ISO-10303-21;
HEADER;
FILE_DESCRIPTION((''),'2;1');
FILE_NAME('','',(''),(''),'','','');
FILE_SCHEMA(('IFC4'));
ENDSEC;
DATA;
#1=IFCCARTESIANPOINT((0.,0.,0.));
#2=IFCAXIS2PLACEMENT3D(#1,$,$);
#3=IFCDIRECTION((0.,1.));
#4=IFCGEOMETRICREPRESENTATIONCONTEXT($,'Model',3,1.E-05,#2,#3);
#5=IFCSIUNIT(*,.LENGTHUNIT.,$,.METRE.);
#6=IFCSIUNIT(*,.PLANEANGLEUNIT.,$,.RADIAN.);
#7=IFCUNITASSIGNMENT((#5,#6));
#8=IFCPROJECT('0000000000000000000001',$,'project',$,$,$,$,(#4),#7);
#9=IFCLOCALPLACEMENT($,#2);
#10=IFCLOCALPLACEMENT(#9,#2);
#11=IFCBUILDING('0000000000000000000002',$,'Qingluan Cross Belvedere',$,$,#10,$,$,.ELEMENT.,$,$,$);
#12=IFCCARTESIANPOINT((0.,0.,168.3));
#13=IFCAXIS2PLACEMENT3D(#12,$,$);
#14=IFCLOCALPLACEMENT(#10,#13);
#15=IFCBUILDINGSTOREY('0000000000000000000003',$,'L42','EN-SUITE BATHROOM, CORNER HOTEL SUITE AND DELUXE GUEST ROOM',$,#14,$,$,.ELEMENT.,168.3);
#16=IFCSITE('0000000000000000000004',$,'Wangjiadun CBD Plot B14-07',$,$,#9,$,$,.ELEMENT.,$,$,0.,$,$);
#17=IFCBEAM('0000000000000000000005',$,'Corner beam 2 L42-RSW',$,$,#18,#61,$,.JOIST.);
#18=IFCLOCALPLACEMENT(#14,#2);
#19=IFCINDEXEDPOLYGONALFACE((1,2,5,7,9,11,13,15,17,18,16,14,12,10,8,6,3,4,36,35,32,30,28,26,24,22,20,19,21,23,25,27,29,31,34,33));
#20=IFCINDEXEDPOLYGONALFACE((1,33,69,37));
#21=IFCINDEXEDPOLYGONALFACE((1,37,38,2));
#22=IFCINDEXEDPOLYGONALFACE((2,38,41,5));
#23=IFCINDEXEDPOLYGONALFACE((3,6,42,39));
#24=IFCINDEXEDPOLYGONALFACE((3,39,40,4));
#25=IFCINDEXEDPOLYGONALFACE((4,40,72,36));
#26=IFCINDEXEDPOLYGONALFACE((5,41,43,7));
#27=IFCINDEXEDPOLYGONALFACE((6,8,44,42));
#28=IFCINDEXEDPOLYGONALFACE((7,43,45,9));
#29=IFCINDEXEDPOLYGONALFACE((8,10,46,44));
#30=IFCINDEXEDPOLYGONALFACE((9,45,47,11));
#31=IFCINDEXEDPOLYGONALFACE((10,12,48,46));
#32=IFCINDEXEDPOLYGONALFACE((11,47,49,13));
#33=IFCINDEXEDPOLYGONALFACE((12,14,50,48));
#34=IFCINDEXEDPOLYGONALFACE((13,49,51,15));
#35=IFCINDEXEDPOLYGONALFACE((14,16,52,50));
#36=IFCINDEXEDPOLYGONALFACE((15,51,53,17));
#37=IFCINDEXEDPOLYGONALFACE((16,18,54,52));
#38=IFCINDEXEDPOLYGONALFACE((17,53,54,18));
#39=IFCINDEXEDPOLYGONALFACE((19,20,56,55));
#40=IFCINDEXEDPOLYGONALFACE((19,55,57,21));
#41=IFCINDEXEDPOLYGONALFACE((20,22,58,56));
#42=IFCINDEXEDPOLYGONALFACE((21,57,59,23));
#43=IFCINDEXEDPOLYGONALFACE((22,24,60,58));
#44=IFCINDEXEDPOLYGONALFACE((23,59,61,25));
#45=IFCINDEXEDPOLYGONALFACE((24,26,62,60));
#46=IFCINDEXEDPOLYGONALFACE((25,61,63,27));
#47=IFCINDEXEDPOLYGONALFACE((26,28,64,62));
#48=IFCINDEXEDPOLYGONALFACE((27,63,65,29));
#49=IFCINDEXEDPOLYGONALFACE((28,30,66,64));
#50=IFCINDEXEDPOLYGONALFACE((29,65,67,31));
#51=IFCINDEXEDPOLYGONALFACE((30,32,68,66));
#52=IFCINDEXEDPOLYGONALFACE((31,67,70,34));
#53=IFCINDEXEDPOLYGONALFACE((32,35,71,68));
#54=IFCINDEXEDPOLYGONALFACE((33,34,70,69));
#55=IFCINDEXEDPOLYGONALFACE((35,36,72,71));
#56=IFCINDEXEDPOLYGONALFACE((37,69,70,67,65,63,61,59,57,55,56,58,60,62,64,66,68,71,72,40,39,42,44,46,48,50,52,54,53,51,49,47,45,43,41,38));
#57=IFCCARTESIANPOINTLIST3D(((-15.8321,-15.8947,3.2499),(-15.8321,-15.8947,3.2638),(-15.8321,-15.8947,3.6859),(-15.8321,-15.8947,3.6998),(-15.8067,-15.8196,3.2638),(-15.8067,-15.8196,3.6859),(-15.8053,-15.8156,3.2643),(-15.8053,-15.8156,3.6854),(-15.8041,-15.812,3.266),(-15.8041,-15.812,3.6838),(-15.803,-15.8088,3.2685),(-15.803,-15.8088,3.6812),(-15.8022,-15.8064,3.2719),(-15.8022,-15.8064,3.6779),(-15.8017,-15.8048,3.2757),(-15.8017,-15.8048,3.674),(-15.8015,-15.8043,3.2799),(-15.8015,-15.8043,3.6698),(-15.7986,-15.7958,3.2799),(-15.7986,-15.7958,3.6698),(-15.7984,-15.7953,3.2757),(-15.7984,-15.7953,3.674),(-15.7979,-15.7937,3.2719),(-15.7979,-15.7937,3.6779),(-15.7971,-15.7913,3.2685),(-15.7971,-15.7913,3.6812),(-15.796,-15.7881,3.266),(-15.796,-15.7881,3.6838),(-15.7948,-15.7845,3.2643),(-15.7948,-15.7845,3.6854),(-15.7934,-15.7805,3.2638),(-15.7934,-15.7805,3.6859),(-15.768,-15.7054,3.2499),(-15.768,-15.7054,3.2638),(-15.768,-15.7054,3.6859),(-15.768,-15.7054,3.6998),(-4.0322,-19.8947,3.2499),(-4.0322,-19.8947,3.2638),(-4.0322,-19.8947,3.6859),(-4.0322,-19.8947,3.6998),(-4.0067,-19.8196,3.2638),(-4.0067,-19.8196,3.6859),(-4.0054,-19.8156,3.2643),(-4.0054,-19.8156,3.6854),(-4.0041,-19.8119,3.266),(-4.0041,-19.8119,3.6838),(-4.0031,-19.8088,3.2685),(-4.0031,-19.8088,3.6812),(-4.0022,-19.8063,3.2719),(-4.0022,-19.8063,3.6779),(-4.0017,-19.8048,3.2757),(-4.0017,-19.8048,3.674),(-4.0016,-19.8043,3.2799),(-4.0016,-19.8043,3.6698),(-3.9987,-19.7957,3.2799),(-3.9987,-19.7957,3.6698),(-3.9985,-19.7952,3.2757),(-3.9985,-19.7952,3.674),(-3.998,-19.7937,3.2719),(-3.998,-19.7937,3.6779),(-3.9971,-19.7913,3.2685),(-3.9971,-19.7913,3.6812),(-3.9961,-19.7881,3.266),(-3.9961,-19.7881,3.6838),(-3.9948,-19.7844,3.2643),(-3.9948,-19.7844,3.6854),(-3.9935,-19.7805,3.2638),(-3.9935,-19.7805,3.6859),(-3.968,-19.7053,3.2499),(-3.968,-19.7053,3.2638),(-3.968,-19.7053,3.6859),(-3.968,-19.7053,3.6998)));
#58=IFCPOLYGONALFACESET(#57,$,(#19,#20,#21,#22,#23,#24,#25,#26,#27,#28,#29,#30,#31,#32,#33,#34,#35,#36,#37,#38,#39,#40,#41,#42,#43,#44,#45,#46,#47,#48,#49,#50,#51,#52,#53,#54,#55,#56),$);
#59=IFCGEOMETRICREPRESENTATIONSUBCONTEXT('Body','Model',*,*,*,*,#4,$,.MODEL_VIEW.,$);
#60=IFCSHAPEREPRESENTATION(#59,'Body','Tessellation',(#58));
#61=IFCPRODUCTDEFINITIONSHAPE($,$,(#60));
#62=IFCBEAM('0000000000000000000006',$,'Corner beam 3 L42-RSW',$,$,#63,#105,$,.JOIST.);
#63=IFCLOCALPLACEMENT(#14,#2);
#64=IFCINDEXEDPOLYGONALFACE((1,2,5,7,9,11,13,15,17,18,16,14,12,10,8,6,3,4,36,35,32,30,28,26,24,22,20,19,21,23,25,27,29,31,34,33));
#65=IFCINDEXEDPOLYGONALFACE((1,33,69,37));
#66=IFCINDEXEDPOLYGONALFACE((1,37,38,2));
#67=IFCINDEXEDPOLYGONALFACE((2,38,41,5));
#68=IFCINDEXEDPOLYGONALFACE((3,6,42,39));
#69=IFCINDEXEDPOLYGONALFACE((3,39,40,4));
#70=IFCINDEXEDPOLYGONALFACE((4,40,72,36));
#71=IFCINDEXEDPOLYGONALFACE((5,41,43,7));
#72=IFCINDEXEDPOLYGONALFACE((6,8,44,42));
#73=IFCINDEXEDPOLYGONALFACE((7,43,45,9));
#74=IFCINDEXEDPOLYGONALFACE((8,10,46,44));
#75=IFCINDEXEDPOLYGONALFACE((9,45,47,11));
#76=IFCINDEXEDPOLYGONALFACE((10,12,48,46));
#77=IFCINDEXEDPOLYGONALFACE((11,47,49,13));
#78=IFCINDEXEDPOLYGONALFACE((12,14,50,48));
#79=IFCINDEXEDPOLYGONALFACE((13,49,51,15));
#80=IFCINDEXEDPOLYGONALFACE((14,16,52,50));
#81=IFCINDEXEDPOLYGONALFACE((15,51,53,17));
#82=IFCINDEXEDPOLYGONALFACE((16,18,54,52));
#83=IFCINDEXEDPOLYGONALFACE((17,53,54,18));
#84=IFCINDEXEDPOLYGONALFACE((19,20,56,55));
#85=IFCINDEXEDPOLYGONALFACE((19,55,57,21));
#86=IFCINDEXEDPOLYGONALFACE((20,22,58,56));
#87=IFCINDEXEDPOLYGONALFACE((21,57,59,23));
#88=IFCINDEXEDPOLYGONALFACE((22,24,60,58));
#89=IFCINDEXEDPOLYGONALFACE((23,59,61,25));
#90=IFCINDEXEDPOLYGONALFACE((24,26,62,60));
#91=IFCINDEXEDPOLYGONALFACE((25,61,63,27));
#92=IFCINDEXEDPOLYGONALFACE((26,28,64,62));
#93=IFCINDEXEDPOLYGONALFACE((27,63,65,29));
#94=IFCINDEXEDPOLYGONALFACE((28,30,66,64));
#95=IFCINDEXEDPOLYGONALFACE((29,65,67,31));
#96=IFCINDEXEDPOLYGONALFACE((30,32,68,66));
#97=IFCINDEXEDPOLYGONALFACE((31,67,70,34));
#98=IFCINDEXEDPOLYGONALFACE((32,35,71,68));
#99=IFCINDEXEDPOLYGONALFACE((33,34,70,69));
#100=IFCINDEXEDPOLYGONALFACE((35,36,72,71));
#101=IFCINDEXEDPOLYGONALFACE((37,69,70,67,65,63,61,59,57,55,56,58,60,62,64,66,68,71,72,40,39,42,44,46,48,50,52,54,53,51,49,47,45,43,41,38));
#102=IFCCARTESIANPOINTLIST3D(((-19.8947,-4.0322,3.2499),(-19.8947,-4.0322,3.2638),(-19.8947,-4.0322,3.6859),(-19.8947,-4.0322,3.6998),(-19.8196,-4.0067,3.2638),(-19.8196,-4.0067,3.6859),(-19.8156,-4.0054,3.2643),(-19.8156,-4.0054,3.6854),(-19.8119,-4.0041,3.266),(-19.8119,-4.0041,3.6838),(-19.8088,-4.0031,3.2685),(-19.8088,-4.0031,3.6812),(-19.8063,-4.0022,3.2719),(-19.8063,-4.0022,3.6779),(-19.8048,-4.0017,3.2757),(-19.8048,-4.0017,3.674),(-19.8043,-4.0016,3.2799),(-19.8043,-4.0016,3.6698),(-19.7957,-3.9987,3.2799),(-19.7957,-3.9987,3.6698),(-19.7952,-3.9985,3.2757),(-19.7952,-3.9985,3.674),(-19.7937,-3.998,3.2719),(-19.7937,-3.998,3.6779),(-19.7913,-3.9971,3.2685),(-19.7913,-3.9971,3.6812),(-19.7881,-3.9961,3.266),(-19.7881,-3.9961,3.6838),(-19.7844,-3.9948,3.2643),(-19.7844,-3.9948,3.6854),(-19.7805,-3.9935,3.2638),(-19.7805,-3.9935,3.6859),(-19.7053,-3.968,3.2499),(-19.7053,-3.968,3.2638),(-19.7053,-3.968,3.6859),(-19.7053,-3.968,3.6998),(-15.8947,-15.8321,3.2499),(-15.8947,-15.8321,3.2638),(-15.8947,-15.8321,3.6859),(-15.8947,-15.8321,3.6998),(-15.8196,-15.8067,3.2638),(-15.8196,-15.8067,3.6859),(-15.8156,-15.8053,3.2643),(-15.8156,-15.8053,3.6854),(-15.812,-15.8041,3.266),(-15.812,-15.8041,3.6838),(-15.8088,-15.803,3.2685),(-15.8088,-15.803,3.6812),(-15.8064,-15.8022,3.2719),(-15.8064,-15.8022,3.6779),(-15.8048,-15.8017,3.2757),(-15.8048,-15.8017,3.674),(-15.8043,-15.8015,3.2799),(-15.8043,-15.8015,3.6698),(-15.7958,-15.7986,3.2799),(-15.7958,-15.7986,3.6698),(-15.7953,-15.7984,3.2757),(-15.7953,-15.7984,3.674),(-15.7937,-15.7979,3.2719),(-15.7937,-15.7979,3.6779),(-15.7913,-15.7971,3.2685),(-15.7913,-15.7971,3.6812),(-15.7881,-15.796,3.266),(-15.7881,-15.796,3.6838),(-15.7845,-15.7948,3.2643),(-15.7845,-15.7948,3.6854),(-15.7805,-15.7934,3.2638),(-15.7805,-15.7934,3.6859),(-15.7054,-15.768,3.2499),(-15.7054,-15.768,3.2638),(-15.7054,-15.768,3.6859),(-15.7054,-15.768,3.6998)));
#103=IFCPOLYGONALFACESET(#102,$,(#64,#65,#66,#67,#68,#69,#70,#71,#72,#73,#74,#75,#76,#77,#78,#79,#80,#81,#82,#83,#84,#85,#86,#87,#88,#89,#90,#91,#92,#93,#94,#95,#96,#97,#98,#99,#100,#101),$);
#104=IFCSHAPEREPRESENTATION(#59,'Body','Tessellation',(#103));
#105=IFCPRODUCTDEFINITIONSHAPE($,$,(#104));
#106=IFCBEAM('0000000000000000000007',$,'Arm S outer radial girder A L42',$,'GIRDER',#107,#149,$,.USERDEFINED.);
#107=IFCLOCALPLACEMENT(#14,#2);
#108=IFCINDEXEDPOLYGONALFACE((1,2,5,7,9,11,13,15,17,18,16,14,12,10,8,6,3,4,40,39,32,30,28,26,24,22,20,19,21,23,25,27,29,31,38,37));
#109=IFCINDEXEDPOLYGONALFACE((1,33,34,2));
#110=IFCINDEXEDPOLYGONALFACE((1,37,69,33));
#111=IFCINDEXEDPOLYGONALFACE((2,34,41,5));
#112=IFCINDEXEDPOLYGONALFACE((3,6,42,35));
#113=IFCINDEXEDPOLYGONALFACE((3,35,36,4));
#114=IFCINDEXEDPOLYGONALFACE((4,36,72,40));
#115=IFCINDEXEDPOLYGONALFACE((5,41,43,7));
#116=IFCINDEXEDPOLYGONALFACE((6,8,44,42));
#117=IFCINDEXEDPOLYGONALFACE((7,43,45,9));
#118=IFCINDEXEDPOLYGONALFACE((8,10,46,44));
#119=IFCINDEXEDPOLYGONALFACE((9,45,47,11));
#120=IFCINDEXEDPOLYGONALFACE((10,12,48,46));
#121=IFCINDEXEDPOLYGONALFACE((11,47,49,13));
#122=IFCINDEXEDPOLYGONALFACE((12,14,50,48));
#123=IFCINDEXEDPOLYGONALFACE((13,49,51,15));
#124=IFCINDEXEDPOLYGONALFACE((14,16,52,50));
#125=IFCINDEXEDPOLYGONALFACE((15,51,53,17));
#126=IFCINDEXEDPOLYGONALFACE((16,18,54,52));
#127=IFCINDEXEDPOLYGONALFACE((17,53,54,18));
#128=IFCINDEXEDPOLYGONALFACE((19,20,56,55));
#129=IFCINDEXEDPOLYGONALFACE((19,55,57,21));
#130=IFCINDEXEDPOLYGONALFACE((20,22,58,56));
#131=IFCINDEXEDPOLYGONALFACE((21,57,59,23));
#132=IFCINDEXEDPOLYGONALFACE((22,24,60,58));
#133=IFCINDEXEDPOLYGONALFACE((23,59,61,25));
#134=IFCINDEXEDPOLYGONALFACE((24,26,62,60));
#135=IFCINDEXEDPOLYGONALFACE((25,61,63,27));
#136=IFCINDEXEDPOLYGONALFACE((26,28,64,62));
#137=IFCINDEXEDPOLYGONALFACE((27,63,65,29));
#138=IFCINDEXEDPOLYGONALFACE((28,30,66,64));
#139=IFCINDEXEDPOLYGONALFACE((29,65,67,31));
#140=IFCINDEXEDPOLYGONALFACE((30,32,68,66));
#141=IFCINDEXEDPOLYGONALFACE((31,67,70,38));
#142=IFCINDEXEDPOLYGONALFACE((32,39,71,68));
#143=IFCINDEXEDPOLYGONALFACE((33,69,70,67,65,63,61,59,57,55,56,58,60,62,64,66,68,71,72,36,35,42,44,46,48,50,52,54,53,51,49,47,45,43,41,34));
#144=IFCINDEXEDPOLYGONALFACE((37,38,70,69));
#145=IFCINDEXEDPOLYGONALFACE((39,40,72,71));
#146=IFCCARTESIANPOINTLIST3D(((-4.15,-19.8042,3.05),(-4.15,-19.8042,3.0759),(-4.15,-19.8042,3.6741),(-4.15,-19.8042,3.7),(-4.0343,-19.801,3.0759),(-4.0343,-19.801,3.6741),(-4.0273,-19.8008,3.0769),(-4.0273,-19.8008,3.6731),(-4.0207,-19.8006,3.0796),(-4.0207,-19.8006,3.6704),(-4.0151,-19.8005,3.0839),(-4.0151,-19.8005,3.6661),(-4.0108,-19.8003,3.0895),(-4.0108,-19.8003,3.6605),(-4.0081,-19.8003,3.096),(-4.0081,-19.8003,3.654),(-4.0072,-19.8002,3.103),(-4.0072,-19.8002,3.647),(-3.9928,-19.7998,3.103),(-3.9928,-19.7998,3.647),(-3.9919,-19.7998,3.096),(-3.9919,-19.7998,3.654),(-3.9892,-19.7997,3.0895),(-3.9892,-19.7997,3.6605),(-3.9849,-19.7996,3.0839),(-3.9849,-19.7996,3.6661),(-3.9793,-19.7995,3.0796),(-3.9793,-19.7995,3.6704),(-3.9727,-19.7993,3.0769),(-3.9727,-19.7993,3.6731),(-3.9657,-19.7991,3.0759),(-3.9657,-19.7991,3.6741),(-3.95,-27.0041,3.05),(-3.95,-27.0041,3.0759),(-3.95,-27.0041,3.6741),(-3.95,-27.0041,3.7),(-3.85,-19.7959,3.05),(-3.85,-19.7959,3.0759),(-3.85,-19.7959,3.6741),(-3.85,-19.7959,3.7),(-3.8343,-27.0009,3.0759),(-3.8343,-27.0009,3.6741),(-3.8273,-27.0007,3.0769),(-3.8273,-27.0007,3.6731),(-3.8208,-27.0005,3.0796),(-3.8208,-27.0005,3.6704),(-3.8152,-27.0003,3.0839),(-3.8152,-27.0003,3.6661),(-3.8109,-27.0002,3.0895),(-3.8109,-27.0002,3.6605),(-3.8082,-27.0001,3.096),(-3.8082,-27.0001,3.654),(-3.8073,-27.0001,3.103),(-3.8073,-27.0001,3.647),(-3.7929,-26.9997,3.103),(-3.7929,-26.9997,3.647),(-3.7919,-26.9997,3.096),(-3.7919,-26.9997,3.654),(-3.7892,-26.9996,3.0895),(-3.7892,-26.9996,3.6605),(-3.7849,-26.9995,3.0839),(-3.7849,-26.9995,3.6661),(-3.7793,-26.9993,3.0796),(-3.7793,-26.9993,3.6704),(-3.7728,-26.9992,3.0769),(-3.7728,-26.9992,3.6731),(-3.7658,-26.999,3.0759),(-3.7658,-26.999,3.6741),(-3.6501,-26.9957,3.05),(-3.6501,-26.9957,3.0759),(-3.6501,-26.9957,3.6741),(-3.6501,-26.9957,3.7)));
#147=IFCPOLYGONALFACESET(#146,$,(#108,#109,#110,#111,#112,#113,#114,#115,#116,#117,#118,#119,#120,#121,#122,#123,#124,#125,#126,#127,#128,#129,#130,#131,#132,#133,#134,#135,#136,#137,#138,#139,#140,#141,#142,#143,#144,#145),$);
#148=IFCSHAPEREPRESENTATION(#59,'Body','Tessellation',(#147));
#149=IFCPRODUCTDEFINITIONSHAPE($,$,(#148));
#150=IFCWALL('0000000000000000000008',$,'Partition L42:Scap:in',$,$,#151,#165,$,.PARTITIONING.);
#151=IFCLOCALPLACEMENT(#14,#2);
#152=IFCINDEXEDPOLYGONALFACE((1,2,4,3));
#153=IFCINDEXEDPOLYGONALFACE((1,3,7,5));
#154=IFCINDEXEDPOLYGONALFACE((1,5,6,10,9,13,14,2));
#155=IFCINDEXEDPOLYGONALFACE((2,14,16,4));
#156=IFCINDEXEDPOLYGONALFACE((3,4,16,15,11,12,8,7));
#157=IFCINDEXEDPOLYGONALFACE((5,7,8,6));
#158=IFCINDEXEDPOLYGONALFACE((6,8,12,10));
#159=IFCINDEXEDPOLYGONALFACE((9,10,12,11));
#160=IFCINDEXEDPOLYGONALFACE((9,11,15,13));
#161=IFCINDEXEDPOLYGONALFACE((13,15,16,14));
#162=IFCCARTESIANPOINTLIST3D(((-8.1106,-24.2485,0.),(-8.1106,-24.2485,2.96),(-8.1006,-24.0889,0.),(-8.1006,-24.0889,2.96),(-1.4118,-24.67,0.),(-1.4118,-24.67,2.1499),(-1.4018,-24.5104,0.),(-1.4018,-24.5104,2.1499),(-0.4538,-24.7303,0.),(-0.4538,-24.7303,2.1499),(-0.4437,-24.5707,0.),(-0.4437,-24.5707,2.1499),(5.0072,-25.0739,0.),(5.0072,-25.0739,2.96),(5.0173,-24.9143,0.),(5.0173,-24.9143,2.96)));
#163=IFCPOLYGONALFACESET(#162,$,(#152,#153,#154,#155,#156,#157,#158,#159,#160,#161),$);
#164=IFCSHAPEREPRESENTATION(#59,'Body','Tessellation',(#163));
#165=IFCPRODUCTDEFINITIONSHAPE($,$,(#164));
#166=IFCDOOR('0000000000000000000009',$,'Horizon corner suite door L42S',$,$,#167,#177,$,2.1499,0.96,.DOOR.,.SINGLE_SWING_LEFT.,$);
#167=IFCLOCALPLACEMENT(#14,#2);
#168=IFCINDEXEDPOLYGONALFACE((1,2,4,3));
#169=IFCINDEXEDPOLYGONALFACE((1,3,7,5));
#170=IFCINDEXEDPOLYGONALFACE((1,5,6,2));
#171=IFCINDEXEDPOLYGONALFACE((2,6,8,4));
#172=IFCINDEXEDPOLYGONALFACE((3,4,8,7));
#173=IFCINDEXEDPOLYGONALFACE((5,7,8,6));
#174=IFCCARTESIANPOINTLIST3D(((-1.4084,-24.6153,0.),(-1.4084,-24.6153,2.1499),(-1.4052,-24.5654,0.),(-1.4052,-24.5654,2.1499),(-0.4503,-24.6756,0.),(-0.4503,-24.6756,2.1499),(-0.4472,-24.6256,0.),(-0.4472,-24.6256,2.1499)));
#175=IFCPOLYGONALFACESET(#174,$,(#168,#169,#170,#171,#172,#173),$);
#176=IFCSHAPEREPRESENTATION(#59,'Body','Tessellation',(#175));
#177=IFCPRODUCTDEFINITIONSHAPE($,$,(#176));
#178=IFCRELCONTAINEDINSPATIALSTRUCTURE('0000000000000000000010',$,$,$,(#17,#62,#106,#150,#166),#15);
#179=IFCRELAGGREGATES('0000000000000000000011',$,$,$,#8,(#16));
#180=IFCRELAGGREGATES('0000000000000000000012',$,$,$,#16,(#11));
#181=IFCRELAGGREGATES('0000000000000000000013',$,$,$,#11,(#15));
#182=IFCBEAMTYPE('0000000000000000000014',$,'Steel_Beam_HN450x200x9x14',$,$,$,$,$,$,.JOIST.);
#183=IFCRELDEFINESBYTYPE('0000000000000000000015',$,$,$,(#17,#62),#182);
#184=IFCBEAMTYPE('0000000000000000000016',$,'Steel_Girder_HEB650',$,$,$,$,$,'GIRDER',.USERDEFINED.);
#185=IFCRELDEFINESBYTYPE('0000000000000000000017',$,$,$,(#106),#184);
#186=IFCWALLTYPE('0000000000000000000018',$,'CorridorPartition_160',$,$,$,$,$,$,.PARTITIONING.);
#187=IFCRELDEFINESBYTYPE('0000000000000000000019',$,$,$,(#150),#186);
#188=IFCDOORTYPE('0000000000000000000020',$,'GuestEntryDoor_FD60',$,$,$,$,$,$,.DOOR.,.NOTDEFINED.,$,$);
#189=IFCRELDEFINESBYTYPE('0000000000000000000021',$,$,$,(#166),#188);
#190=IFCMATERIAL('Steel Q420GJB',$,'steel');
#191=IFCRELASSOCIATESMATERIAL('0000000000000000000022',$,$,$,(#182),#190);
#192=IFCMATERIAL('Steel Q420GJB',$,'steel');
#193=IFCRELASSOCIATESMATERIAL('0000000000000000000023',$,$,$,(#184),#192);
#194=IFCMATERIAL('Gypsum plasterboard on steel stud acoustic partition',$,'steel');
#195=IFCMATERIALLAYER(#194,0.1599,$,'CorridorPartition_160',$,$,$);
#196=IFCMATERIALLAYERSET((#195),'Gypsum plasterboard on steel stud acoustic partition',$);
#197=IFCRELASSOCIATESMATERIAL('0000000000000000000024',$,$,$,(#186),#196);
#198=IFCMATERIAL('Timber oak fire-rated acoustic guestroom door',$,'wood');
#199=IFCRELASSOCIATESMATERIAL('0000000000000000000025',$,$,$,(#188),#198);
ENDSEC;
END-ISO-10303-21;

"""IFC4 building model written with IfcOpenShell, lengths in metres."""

from ifc_helpers import new_model, si_unit, direction, frame, frame_2d, origin, origin_2d, place, context, subcontext, project, spatial, rectangle, i_section, extrude, material, layer, layer_set, material_profile, profile_set, type_object, element, fill, save


model = new_model("IFC4")

# Units and contexts
model_context = context("Model", 3, precision=1e-05, world=origin(), true_north=direction((0.0, 1.0)))
body_context = subcontext(model_context, "Body", "Model", "MODEL_VIEW")
ifc_project = project(units=[si_unit("LENGTHUNIT", "METRE"), si_unit("PLANEANGLEUNIT", "RADIAN")], contexts=[model_context])

# Site, building, storey
site_placement = place(None, origin())
site = spatial("IfcSite", under=ifc_project, at=site_placement, Name="Wangjiadun CBD Plot B14-07", CompositionType="ELEMENT", RefElevation=0.0)
building_placement = place(site_placement, origin())
building = spatial("IfcBuilding", under=site, at=building_placement, Name="Qingluan Cross Belvedere", CompositionType="ELEMENT")
storey_placement = place(building_placement, frame((0.0, 0.0, 168.3)))
storey = spatial("IfcBuildingStorey", under=building, at=storey_placement, Name="L42", Description="EN-SUITE BATHROOM, CORNER HOTEL SUITE AND DELUXE GUEST ROOM", CompositionType="ELEMENT", Elevation=168.3)

# Beams
ifc_material_1 = material(Name="Steel Q420GJB", Category="steel")
ifc_material_profile_1 = material_profile(ifc_material_1, i_section(OverallWidth=0.2, OverallDepth=0.45, WebThickness=0.009, FlangeThickness=0.0139, FilletRadius=0.0161, at=origin_2d()), Name="HN450x200x9x14")
ifc_profile_set_1 = profile_set([ifc_material_profile_1], Name="Steel Q420GJB")
beam_type_1 = type_object("IfcBeamType", Name="Steel_Beam_HN450x200x9x14", PredefinedType="JOIST", material=ifc_profile_set_1)
for number, where, z_axis, x_axis, name in (
    (1, (-15.8, -15.8, 3.4749), (0.947066, -0.321038, 0.0), (0.321038, 0.947066, 0.0), "Corner beam 2 L42-RSW"),
    (2, (-15.8, -15.8, 3.4749), (-0.321038, 0.947066, 0.0), (-0.947066, -0.321038, 0.0), "Corner beam 3 L42-RSW"),
):
    element("IfcBeam", number, at=place(storey_placement, frame(where, z_axis=z_axis, x_axis=x_axis)), inside=storey, type_object=beam_type_1, Name=name, PredefinedType="JOIST", context=body_context, shape_type="SweptSolid", body=[
        extrude(i_section(OverallWidth=0.2, OverallDepth=0.45, WebThickness=0.009, FlangeThickness=0.0139, FilletRadius=0.0161, at=origin_2d()), origin(), (0.0, 0.0, 1.0), 12.4595),
    ])
ifc_material_2 = material(Name="Steel Q420GJB", Category="steel")
ifc_material_profile_2 = material_profile(ifc_material_2, i_section(OverallWidth=0.3, OverallDepth=0.6499, WebThickness=0.0144, FlangeThickness=0.0259, FilletRadius=0.0271, at=origin_2d()), Name="HEB650")
ifc_profile_set_2 = profile_set([ifc_material_profile_2], Name="Steel Q420GJB")
beam_type_2 = type_object("IfcBeamType", Name="Steel_Girder_HEB650", ElementType="GIRDER", PredefinedType="USERDEFINED", material=ifc_profile_set_2)
beam_1_placement = place(storey_placement, frame((-4.0, -19.8, 3.375), z_axis=(0.02776, -0.999615, 0.0), x_axis=(0.999615, 0.02776, 0.0)))
element("IfcBeam", 3, at=beam_1_placement, inside=storey, type_object=beam_type_2, Name="Arm S outer radial girder A L42", ObjectType="GIRDER", PredefinedType="USERDEFINED", context=body_context, shape_type="SweptSolid", body=[
    extrude(i_section(OverallWidth=0.3, OverallDepth=0.6499, WebThickness=0.0144, FlangeThickness=0.0259, FilletRadius=0.0271, at=origin_2d()), origin(), (0.0, 0.0, 1.0), 7.2026),
])

# Wall, opening, door
ifc_material_3 = material(Name="Gypsum plasterboard on steel stud acoustic partition", Category="steel")
ifc_layer_1 = layer(ifc_material_3, 0.1599, Name="CorridorPartition_160")
ifc_layer_set_1 = layer_set([ifc_layer_1], Name="Gypsum plasterboard on steel stud acoustic partition")
wall_type_1 = type_object("IfcWallType", Name="CorridorPartition_160", PredefinedType="PARTITIONING", material=ifc_layer_set_1)
wall_1_placement = place(storey_placement, frame((-8.1055, -24.1687, 0.0), z_axis=(0.0, 0.0, 1.0), x_axis=(0.998026, -0.0628, 0.0)))
wall_1 = element("IfcWall", 4, at=wall_1_placement, inside=storey, type_object=wall_type_1, Name="Partition L42:Scap:in", PredefinedType="PARTITIONING", context=body_context, shape_type="SweptSolid", body=[
    extrude(rectangle(XDim=13.1438, YDim=0.1599, at=frame_2d((6.5718, 0.0))), origin(), (0.0, 0.0, 1.0), 2.96),
])
opening_1_placement = place(wall_1_placement, frame((6.7119, 0.0, 0.0)))
opening_1 = element("IfcOpeningElement", 5, at=opening_1_placement, cuts=wall_1, PredefinedType="OPENING", context=body_context, shape_type="SweptSolid", body=[
    extrude(rectangle(XDim=0.96, YDim=2.1499, at=frame_2d((0.48, 1.075))), frame((0.0, 0.0898, 0.0), z_axis=(0.0, -1.0, 0.0), x_axis=(1.0, 0.0, 0.0)), (0.0, 0.0, 1.0), 0.1799),
])
ifc_material_4 = material(Name="Timber oak fire-rated acoustic guestroom door", Category="wood")
door_type_1 = type_object("IfcDoorType", Name="GuestEntryDoor_FD60", OperationType="NOTDEFINED", PredefinedType="DOOR", material=ifc_material_4)
door_1_placement = place(opening_1_placement, origin())
door_1 = element("IfcDoor", 6, at=door_1_placement, inside=storey, type_object=door_type_1, Name="Horizon corner suite door L42S", OperationType="SINGLE_SWING_LEFT", OverallHeight=2.1499, OverallWidth=0.96, PredefinedType="DOOR", context=body_context, shape_type="SweptSolid", body=[
    extrude(rectangle(XDim=0.96, YDim=2.1499, at=frame_2d((0.48, 1.075))), frame((0.0, 0.0249, 0.0), z_axis=(0.0, -1.0, 0.0), x_axis=(1.0, 0.0, 0.0)), (0.0, 0.0, 1.0), 0.05),
])
fill(opening_1, door_1)

save(model, "model.ifc")
